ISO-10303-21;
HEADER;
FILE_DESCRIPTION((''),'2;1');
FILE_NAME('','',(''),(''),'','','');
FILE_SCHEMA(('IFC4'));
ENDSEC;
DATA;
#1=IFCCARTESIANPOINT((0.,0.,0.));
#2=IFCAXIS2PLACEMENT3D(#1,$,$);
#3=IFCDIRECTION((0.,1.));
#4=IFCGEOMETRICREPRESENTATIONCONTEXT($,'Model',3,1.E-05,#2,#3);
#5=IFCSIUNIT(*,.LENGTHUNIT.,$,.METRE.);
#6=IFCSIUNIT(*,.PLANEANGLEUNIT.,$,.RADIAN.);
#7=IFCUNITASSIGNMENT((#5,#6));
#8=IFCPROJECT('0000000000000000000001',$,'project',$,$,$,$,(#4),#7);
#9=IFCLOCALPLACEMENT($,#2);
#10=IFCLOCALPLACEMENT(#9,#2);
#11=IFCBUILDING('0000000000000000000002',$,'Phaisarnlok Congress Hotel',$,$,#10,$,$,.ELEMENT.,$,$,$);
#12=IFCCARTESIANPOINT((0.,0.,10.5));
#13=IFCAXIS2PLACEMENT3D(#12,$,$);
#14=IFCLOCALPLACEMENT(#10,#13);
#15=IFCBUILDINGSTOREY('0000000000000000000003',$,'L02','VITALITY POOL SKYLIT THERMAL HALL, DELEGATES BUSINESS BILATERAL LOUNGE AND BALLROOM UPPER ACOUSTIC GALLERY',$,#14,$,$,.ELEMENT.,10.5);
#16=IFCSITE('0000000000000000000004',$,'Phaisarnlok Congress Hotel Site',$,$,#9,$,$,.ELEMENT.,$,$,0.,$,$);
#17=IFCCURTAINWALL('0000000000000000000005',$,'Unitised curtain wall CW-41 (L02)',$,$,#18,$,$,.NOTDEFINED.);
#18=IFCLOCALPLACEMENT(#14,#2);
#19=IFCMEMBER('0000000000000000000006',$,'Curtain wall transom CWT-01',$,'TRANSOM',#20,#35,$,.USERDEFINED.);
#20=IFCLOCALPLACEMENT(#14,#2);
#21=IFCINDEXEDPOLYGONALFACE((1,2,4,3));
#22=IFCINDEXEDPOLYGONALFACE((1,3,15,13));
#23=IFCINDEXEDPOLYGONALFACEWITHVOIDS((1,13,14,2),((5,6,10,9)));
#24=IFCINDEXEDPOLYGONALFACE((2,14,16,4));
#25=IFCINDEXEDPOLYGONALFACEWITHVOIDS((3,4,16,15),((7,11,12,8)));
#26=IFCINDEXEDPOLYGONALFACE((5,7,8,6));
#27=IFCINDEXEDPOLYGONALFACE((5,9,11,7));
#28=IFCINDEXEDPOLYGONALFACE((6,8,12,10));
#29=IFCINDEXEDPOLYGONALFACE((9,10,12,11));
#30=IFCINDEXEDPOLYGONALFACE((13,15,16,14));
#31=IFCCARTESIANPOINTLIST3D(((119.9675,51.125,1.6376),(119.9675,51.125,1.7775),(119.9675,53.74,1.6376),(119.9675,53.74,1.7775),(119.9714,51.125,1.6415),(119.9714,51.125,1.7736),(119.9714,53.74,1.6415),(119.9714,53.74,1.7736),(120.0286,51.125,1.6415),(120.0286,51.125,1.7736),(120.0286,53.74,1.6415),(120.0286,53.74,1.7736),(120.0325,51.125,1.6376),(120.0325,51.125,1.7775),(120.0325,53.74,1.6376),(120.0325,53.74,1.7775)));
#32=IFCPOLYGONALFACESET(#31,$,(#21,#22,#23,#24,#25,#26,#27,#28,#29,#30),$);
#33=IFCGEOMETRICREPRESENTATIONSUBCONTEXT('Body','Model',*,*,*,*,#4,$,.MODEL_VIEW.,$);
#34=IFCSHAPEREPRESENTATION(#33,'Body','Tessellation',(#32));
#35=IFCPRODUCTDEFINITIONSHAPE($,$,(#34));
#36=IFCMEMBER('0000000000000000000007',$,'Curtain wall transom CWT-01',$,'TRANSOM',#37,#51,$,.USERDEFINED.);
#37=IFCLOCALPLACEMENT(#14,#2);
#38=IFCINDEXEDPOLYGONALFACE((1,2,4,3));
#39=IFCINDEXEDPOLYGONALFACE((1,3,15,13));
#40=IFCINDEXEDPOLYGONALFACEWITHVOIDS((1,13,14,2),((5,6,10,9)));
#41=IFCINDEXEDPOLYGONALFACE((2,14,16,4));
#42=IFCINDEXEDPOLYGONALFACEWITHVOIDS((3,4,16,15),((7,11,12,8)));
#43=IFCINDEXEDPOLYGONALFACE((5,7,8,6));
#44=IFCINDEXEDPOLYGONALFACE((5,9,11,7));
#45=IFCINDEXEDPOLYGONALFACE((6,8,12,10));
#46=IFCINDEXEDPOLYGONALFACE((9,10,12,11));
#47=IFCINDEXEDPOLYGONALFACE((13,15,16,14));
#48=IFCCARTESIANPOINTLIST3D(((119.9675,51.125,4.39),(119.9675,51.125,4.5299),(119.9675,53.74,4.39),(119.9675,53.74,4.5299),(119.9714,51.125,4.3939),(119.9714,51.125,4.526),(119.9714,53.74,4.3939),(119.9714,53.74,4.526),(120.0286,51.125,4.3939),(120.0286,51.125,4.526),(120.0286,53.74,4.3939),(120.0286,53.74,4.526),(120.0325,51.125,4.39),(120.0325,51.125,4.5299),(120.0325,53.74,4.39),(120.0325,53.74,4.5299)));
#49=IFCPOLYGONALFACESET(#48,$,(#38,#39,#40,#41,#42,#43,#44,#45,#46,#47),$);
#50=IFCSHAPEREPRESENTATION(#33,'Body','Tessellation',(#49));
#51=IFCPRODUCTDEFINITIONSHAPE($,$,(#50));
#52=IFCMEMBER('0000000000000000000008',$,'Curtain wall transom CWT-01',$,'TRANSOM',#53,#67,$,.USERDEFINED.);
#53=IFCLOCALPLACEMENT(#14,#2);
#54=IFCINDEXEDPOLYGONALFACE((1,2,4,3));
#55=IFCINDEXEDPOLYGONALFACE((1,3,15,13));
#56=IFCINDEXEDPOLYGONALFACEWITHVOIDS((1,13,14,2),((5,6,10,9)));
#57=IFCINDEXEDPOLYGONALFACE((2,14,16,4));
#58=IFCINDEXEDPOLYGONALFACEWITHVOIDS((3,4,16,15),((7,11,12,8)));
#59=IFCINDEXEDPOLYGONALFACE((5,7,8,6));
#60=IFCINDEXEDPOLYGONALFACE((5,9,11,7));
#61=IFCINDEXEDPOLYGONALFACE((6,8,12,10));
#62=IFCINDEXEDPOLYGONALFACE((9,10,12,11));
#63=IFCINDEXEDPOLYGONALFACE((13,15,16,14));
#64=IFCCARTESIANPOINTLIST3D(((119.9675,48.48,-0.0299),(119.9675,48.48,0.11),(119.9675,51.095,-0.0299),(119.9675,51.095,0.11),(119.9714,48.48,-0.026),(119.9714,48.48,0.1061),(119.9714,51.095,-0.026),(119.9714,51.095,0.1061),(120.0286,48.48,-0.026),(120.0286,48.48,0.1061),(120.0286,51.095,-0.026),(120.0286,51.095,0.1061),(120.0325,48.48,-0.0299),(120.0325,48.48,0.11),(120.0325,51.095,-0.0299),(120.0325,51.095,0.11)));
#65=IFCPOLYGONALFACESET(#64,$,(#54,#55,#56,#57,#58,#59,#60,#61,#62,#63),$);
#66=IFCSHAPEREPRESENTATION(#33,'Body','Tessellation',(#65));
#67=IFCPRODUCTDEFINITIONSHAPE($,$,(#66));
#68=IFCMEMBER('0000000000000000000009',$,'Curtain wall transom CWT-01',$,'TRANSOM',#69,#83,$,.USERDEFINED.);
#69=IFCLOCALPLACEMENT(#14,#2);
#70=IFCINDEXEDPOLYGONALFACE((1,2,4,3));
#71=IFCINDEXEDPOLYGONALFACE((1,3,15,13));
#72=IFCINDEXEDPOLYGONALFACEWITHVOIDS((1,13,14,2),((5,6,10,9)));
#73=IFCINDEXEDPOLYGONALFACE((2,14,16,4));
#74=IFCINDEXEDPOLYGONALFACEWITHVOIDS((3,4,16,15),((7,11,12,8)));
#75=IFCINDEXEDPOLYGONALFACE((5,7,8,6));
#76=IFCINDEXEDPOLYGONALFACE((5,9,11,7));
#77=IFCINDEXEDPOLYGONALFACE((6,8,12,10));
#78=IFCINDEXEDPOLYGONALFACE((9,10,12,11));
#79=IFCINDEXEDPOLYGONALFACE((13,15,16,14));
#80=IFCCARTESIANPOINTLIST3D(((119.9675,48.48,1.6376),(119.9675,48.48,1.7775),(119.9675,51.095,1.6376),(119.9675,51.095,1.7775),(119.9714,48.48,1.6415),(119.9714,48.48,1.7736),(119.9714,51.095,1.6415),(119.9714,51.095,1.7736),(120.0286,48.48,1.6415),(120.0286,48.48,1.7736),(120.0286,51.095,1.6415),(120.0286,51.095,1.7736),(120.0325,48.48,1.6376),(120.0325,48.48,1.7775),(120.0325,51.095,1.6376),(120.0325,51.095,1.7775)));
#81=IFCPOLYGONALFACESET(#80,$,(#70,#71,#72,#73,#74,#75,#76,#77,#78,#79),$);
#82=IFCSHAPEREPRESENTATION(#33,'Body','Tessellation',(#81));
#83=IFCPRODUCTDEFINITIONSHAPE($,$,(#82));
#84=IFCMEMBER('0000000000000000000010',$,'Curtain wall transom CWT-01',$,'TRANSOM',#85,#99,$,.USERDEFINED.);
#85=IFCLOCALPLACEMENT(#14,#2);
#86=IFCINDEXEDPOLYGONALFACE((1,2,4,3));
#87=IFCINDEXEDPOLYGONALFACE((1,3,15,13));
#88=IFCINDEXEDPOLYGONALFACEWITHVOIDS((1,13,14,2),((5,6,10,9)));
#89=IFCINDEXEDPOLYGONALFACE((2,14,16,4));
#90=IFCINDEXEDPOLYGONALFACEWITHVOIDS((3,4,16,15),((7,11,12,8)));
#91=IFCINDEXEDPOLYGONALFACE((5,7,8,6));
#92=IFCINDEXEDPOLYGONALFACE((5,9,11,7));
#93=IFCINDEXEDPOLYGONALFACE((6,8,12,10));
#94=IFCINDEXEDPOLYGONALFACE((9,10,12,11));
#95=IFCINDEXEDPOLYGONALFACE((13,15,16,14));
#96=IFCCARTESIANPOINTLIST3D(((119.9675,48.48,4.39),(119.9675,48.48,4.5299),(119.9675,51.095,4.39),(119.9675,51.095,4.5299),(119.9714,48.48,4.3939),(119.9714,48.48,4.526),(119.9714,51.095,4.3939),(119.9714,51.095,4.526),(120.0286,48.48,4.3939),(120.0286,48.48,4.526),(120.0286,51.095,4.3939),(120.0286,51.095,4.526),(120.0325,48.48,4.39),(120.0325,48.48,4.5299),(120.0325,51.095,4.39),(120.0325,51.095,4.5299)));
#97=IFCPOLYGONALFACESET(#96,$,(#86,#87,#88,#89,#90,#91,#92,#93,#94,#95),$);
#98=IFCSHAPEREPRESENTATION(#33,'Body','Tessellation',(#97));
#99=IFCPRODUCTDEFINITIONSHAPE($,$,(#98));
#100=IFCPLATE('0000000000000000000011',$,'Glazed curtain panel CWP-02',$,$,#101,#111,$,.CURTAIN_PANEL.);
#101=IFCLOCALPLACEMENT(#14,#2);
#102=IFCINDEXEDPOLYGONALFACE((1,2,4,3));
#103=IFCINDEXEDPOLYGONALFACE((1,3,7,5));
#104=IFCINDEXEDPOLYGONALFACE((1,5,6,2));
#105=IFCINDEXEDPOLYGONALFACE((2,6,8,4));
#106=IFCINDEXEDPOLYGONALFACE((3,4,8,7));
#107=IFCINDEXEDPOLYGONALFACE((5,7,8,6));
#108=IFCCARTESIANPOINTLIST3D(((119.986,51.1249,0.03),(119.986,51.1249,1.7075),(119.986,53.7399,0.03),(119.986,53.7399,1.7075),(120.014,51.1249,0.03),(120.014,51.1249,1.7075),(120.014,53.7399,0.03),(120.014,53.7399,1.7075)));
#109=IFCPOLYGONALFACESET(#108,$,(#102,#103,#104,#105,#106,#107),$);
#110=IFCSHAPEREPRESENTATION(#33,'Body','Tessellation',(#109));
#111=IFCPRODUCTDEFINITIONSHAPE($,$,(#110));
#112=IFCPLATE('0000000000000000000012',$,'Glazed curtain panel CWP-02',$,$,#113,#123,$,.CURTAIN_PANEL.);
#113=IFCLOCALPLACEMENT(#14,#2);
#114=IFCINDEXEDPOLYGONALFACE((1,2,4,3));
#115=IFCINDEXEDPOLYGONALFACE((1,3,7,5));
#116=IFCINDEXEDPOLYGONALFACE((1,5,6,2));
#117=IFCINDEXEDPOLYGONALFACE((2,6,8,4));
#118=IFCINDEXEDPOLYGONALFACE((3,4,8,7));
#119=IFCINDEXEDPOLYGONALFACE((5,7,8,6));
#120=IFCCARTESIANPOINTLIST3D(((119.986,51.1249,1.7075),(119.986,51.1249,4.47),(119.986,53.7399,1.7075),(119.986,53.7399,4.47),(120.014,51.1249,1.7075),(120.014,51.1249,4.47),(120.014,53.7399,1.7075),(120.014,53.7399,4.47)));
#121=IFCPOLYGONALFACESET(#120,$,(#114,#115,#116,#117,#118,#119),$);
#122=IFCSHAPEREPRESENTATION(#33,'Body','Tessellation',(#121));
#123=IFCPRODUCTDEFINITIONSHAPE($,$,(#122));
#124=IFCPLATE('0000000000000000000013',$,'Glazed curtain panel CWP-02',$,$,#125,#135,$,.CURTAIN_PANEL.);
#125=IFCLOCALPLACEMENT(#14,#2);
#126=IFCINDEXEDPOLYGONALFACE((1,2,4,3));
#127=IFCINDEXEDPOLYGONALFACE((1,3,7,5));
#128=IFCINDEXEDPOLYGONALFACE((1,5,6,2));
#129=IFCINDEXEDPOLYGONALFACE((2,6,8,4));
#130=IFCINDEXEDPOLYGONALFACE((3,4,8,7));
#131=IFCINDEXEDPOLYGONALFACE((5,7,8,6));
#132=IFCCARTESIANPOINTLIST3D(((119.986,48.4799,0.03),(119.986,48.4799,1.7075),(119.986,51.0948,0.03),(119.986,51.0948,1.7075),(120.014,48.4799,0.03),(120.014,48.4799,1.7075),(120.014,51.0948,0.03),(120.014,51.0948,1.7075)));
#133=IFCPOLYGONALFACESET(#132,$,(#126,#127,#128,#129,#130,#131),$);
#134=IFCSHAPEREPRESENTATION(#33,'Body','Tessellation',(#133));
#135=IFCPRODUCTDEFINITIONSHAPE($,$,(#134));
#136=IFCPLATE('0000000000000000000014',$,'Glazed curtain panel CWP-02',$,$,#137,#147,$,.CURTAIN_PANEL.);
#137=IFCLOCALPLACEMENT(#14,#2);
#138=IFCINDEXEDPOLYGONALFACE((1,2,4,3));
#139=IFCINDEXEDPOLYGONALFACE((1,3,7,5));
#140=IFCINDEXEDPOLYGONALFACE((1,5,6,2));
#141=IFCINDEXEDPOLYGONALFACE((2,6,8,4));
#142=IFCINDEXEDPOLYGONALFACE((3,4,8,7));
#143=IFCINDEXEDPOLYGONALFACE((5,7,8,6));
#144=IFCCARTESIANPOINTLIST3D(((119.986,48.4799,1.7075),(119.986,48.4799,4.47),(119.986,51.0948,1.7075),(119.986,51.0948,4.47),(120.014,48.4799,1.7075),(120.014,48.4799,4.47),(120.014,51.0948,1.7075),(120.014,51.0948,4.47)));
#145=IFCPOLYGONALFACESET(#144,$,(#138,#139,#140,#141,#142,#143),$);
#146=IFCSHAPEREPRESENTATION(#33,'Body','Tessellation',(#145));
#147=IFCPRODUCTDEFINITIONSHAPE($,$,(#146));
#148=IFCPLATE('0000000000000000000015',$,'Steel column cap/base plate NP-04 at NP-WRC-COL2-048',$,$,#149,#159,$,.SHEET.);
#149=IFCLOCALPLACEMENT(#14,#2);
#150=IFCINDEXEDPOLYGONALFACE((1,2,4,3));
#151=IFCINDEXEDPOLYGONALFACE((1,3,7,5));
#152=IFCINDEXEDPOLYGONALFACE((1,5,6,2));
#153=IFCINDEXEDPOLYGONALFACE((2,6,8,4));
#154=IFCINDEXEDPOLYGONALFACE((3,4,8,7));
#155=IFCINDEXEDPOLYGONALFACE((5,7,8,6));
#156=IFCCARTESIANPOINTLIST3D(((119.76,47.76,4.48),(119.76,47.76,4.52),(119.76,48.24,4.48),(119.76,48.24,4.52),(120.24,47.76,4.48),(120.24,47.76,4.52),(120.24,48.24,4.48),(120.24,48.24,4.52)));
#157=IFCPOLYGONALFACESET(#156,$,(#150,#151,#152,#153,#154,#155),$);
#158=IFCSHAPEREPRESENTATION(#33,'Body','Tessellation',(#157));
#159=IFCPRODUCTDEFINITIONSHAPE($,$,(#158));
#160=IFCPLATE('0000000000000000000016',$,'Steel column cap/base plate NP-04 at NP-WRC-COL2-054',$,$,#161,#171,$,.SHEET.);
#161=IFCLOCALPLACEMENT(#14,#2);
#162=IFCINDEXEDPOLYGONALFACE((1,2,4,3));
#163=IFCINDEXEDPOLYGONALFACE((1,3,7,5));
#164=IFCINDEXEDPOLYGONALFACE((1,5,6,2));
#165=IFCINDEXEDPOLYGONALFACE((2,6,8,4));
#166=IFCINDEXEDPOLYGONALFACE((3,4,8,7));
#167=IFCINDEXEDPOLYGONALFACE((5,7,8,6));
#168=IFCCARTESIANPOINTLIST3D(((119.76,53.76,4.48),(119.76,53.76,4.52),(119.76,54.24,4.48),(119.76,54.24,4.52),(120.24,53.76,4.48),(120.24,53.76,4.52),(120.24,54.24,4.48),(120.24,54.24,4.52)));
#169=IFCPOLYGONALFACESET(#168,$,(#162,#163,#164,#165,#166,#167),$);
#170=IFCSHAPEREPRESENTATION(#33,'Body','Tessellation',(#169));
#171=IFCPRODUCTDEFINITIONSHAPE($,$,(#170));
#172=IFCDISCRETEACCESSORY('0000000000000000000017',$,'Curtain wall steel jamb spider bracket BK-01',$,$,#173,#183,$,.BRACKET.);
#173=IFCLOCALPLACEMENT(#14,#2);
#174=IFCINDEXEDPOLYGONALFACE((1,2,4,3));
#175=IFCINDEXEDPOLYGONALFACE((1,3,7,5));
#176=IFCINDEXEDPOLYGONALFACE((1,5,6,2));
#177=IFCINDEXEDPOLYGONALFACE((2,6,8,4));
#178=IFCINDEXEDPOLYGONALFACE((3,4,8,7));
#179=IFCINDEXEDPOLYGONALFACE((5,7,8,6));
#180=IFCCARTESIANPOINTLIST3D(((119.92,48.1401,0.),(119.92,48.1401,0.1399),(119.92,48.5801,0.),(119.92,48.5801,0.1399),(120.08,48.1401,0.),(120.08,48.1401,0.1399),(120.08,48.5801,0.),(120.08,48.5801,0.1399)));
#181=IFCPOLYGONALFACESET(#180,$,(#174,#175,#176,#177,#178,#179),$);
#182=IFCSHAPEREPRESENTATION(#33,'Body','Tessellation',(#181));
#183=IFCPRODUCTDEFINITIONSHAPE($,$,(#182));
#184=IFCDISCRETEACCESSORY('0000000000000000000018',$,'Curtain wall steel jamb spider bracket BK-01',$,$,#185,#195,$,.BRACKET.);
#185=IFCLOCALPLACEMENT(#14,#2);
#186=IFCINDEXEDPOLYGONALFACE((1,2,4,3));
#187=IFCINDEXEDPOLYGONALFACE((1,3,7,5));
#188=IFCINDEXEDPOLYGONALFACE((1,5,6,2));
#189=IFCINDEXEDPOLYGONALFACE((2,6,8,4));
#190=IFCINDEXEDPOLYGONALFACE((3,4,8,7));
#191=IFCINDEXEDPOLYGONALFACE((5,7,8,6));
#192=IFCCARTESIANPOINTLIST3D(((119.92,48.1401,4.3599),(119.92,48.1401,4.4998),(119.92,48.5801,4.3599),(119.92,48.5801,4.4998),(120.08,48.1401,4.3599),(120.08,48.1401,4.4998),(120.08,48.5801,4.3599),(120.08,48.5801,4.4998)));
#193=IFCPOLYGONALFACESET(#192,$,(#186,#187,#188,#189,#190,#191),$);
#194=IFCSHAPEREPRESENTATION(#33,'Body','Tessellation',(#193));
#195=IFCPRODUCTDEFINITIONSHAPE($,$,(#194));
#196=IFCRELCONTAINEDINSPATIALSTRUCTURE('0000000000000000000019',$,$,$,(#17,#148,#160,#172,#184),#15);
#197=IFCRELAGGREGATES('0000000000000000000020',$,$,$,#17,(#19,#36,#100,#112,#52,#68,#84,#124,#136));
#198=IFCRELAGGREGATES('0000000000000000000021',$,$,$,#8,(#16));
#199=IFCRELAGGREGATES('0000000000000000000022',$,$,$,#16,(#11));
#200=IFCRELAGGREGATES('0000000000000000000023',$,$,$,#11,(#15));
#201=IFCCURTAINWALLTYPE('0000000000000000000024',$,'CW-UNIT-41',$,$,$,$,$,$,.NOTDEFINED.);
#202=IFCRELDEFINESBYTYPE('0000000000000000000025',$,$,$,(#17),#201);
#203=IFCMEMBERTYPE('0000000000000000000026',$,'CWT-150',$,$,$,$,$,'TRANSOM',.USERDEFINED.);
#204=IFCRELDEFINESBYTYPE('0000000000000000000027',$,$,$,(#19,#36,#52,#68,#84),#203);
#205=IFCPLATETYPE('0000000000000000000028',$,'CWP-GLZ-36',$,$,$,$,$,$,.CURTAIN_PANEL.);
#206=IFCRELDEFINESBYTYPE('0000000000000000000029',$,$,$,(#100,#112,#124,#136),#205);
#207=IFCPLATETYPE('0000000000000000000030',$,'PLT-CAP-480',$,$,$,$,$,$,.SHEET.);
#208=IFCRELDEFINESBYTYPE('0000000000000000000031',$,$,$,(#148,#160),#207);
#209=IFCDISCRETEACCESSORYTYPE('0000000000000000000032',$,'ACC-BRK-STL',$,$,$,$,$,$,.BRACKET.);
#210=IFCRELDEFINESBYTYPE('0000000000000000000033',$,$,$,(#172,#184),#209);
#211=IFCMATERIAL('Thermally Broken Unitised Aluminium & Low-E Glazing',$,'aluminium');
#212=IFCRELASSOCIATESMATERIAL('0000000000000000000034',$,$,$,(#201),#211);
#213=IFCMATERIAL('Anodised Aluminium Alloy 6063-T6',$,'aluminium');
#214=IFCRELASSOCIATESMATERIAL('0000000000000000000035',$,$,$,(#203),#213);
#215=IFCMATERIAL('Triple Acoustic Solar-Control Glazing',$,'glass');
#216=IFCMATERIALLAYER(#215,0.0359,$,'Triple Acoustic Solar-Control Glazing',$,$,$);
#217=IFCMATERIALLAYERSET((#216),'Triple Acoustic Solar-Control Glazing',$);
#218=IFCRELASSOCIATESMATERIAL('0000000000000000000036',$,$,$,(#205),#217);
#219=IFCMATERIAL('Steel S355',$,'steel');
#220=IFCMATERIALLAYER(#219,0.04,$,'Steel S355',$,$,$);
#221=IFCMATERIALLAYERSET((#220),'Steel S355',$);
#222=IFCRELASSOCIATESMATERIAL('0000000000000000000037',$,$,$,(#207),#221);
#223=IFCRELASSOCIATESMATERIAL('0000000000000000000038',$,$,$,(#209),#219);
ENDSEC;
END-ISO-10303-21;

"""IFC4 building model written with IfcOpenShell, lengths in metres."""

from ifc_helpers import new_model, si_unit, direction, frame, frame_2d, origin, origin_2d, place, context, subcontext, project, spatial, rectangle, hollow_rectangle, extrude, material, layer, layer_set, material_profile, profile_set, type_object, element, aggregate, save


model = new_model("IFC4")

# Units and contexts
model_context = context("Model", 3, precision=1e-05, world=origin(), true_north=direction((0.0, 1.0)))
body_context = subcontext(model_context, "Body", "Model", "MODEL_VIEW")
ifc_project = project(units=[si_unit("LENGTHUNIT", "METRE"), si_unit("PLANEANGLEUNIT", "RADIAN")], contexts=[model_context])

# Site, building, storey
site_placement = place(None, origin())
site = spatial("IfcSite", under=ifc_project, at=site_placement, Name="Phaisarnlok Congress Hotel Site", CompositionType="ELEMENT", RefElevation=0.0)
building_placement = place(site_placement, origin())
building = spatial("IfcBuilding", under=site, at=building_placement, Name="Phaisarnlok Congress Hotel", CompositionType="ELEMENT")
storey_placement = place(building_placement, frame((0.0, 0.0, 10.5)))
storey = spatial("IfcBuildingStorey", under=building, at=storey_placement, Name="L02", Description="VITALITY POOL SKYLIT THERMAL HALL, DELEGATES BUSINESS BILATERAL LOUNGE AND BALLROOM UPPER ACOUSTIC GALLERY", CompositionType="ELEMENT", Elevation=10.5)

# Shared definitions
ifc_material_1 = material(Name="Steel S355", Category="steel")

# Curtain wall, members, plates
ifc_material_2 = material(Name="Thermally Broken Unitised Aluminium & Low-E Glazing", Category="aluminium")
curtain_wall_type = type_object("IfcCurtainWallType", Name="CW-UNIT-41", PredefinedType="NOTDEFINED", material=ifc_material_2)
curtain_wall_placement = place(storey_placement, origin())
curtain_wall = element("IfcCurtainWall", 1, at=curtain_wall_placement, inside=storey, type_object=curtain_wall_type, Name="Unitised curtain wall CW-41 (L02)", PredefinedType="NOTDEFINED")
ifc_material_3 = material(Name="Anodised Aluminium Alloy 6063-T6", Category="aluminium")
ifc_material_profile_1 = material_profile(ifc_material_3, hollow_rectangle(XDim=0.0649, YDim=0.1399, WallThickness=0.0039, at=origin_2d()), Name="ALU-T 65x140x4")
ifc_profile_set_1 = profile_set([ifc_material_profile_1], Name="Anodised Aluminium Alloy 6063-T6")
member_type_1 = type_object("IfcMemberType", Name="CWT-150", ElementType="TRANSOM", PredefinedType="USERDEFINED", material=ifc_profile_set_1)
member_1_placement = place(storey_placement, frame((120.0, 53.74, 1.7075), z_axis=(0.0, -1.0, 0.0), x_axis=(1.0, 0.0, 0.0)))
member_1 = element("IfcMember", 2, at=member_1_placement, type_object=member_type_1, Name="Curtain wall transom CWT-01", ObjectType="TRANSOM", PredefinedType="USERDEFINED", context=body_context, shape_type="SweptSolid", body=[
    extrude(hollow_rectangle(XDim=0.0649, YDim=0.1399, WallThickness=0.0039, at=origin_2d()), origin(), (0.0, 0.0, 1.0), 2.615),
])
member_2_placement = place(storey_placement, frame((120.0, 53.74, 4.46), z_axis=(0.0, -1.0, 0.0), x_axis=(1.0, 0.0, 0.0)))
member_2 = element("IfcMember", 3, at=member_2_placement, type_object=member_type_1, Name="Curtain wall transom CWT-01", ObjectType="TRANSOM", PredefinedType="USERDEFINED", context=body_context, shape_type="SweptSolid", body=[
    extrude(hollow_rectangle(XDim=0.0649, YDim=0.1399, WallThickness=0.0039, at=origin_2d()), origin(), (0.0, 0.0, 1.0), 2.615),
])
member_3_placement = place(storey_placement, frame((120.0, 51.095, 0.04), z_axis=(0.0, -1.0, 0.0), x_axis=(1.0, 0.0, 0.0)))
member_3 = element("IfcMember", 4, at=member_3_placement, type_object=member_type_1, Name="Curtain wall transom CWT-01", ObjectType="TRANSOM", PredefinedType="USERDEFINED", context=body_context, shape_type="SweptSolid", body=[
    extrude(hollow_rectangle(XDim=0.0649, YDim=0.1399, WallThickness=0.0039, at=origin_2d()), origin(), (0.0, 0.0, 1.0), 2.615),
])
member_4_placement = place(storey_placement, frame((120.0, 51.095, 1.7075), z_axis=(0.0, -1.0, 0.0), x_axis=(1.0, 0.0, 0.0)))
member_4 = element("IfcMember", 5, at=member_4_placement, type_object=member_type_1, Name="Curtain wall transom CWT-01", ObjectType="TRANSOM", PredefinedType="USERDEFINED", context=body_context, shape_type="SweptSolid", body=[
    extrude(hollow_rectangle(XDim=0.0649, YDim=0.1399, WallThickness=0.0039, at=origin_2d()), origin(), (0.0, 0.0, 1.0), 2.615),
])
member_5_placement = place(storey_placement, frame((120.0, 51.095, 4.46), z_axis=(0.0, -1.0, 0.0), x_axis=(1.0, 0.0, 0.0)))
member_5 = element("IfcMember", 6, at=member_5_placement, type_object=member_type_1, Name="Curtain wall transom CWT-01", ObjectType="TRANSOM", PredefinedType="USERDEFINED", context=body_context, shape_type="SweptSolid", body=[
    extrude(hollow_rectangle(XDim=0.0649, YDim=0.1399, WallThickness=0.0039, at=origin_2d()), origin(), (0.0, 0.0, 1.0), 2.615),
])
ifc_material_4 = material(Name="Triple Acoustic Solar-Control Glazing", Category="glass")
ifc_layer_1 = layer(ifc_material_4, 0.0359, Name="Triple Acoustic Solar-Control Glazing")
ifc_layer_set_1 = layer_set([ifc_layer_1], Name="Triple Acoustic Solar-Control Glazing")
plate_type_1 = type_object("IfcPlateType", Name="CWP-GLZ-36", PredefinedType="CURTAIN_PANEL", material=ifc_layer_set_1)
plate_1_placement = place(storey_placement, frame((120.0, 53.74, 0.03), z_axis=(0.0, 0.0, 1.0), x_axis=(0.0, -1.0, 0.0)))
plate_1 = element("IfcPlate", 7, at=plate_1_placement, type_object=plate_type_1, Name="Glazed curtain panel CWP-02", PredefinedType="CURTAIN_PANEL", context=body_context, shape_type="SweptSolid", body=[
    extrude(rectangle(XDim=2.615, YDim=0.0281, at=frame_2d((1.3076, 0.0))), origin(), (0.0, 0.0, 1.0), 1.6775),
])
plate_2_placement = place(storey_placement, frame((120.0, 53.74, 1.7075), z_axis=(0.0, 0.0, 1.0), x_axis=(0.0, -1.0, 0.0)))
plate_2 = element("IfcPlate", 8, at=plate_2_placement, type_object=plate_type_1, Name="Glazed curtain panel CWP-02", PredefinedType="CURTAIN_PANEL", context=body_context, shape_type="SweptSolid", body=[
    extrude(rectangle(XDim=2.615, YDim=0.0281, at=frame_2d((1.3076, 0.0))), origin(), (0.0, 0.0, 1.0), 2.7625),
])
plate_3_placement = place(storey_placement, frame((120.0, 51.095, 0.03), z_axis=(0.0, 0.0, 1.0), x_axis=(0.0, -1.0, 0.0)))
plate_3 = element("IfcPlate", 9, at=plate_3_placement, type_object=plate_type_1, Name="Glazed curtain panel CWP-02", PredefinedType="CURTAIN_PANEL", context=body_context, shape_type="SweptSolid", body=[
    extrude(rectangle(XDim=2.615, YDim=0.0281, at=frame_2d((1.3076, 0.0))), origin(), (0.0, 0.0, 1.0), 1.6775),
])
plate_4_placement = place(storey_placement, frame((120.0, 51.095, 1.7075), z_axis=(0.0, 0.0, 1.0), x_axis=(0.0, -1.0, 0.0)))
plate_4 = element("IfcPlate", 10, at=plate_4_placement, type_object=plate_type_1, Name="Glazed curtain panel CWP-02", PredefinedType="CURTAIN_PANEL", context=body_context, shape_type="SweptSolid", body=[
    extrude(rectangle(XDim=2.615, YDim=0.0281, at=frame_2d((1.3076, 0.0))), origin(), (0.0, 0.0, 1.0), 2.7625),
])
aggregate(curtain_wall, [member_1, member_2, plate_1, plate_2, member_3, member_4, member_5, plate_3, plate_4])

# Plates
ifc_layer_2 = layer(ifc_material_1, 0.04, Name="Steel S355")
ifc_layer_set_2 = layer_set([ifc_layer_2], Name="Steel S355")
plate_type_2 = type_object("IfcPlateType", Name="PLT-CAP-480", PredefinedType="SHEET", material=ifc_layer_set_2)
for number, where, z_axis, x_axis, name in (
    (11, (120.0, 48.0, 4.48), (0.0, 0.0, 1.0), (1.0, 0.0, 0.0), "Steel column cap/base plate NP-04 at NP-WRC-COL2-048"),
    (12, (120.0, 54.0, 4.48), (0.0, 0.0, 1.0), (1.0, 0.0, 0.0), "Steel column cap/base plate NP-04 at NP-WRC-COL2-054"),
):
    element("IfcPlate", number, at=place(storey_placement, frame(where, z_axis=z_axis, x_axis=x_axis)), inside=storey, type_object=plate_type_2, Name=name, PredefinedType="SHEET", context=body_context, shape_type="SweptSolid", body=[
        extrude(rectangle(XDim=0.48, YDim=0.48, at=origin_2d()), origin(), (0.0, 0.0, 1.0), 0.04),
    ])

# Discrete accessories
discrete_accessory_type = type_object("IfcDiscreteAccessoryType", Name="ACC-BRK-STL", PredefinedType="BRACKET", material=ifc_material_1)
for number, where, z_axis, x_axis, name in (
    (13, (120.0, 48.3601, 0.0), (0.0, 0.0, 1.0), (1.0, 0.0, 0.0), "Curtain wall steel jamb spider bracket BK-01"),
    (14, (120.0, 48.3601, 4.3599), (0.0, 0.0, 1.0), (1.0, 0.0, 0.0), "Curtain wall steel jamb spider bracket BK-01"),
):
    element("IfcDiscreteAccessory", number, at=place(storey_placement, frame(where, z_axis=z_axis, x_axis=x_axis)), inside=storey, type_object=discrete_accessory_type, Name=name, PredefinedType="BRACKET", context=body_context, shape_type="SweptSolid", body=[
        extrude(rectangle(XDim=0.1599, YDim=0.4399, at=origin_2d()), origin(), (0.0, 0.0, 1.0), 0.1399),
    ])

save(model, "model.ifc")
